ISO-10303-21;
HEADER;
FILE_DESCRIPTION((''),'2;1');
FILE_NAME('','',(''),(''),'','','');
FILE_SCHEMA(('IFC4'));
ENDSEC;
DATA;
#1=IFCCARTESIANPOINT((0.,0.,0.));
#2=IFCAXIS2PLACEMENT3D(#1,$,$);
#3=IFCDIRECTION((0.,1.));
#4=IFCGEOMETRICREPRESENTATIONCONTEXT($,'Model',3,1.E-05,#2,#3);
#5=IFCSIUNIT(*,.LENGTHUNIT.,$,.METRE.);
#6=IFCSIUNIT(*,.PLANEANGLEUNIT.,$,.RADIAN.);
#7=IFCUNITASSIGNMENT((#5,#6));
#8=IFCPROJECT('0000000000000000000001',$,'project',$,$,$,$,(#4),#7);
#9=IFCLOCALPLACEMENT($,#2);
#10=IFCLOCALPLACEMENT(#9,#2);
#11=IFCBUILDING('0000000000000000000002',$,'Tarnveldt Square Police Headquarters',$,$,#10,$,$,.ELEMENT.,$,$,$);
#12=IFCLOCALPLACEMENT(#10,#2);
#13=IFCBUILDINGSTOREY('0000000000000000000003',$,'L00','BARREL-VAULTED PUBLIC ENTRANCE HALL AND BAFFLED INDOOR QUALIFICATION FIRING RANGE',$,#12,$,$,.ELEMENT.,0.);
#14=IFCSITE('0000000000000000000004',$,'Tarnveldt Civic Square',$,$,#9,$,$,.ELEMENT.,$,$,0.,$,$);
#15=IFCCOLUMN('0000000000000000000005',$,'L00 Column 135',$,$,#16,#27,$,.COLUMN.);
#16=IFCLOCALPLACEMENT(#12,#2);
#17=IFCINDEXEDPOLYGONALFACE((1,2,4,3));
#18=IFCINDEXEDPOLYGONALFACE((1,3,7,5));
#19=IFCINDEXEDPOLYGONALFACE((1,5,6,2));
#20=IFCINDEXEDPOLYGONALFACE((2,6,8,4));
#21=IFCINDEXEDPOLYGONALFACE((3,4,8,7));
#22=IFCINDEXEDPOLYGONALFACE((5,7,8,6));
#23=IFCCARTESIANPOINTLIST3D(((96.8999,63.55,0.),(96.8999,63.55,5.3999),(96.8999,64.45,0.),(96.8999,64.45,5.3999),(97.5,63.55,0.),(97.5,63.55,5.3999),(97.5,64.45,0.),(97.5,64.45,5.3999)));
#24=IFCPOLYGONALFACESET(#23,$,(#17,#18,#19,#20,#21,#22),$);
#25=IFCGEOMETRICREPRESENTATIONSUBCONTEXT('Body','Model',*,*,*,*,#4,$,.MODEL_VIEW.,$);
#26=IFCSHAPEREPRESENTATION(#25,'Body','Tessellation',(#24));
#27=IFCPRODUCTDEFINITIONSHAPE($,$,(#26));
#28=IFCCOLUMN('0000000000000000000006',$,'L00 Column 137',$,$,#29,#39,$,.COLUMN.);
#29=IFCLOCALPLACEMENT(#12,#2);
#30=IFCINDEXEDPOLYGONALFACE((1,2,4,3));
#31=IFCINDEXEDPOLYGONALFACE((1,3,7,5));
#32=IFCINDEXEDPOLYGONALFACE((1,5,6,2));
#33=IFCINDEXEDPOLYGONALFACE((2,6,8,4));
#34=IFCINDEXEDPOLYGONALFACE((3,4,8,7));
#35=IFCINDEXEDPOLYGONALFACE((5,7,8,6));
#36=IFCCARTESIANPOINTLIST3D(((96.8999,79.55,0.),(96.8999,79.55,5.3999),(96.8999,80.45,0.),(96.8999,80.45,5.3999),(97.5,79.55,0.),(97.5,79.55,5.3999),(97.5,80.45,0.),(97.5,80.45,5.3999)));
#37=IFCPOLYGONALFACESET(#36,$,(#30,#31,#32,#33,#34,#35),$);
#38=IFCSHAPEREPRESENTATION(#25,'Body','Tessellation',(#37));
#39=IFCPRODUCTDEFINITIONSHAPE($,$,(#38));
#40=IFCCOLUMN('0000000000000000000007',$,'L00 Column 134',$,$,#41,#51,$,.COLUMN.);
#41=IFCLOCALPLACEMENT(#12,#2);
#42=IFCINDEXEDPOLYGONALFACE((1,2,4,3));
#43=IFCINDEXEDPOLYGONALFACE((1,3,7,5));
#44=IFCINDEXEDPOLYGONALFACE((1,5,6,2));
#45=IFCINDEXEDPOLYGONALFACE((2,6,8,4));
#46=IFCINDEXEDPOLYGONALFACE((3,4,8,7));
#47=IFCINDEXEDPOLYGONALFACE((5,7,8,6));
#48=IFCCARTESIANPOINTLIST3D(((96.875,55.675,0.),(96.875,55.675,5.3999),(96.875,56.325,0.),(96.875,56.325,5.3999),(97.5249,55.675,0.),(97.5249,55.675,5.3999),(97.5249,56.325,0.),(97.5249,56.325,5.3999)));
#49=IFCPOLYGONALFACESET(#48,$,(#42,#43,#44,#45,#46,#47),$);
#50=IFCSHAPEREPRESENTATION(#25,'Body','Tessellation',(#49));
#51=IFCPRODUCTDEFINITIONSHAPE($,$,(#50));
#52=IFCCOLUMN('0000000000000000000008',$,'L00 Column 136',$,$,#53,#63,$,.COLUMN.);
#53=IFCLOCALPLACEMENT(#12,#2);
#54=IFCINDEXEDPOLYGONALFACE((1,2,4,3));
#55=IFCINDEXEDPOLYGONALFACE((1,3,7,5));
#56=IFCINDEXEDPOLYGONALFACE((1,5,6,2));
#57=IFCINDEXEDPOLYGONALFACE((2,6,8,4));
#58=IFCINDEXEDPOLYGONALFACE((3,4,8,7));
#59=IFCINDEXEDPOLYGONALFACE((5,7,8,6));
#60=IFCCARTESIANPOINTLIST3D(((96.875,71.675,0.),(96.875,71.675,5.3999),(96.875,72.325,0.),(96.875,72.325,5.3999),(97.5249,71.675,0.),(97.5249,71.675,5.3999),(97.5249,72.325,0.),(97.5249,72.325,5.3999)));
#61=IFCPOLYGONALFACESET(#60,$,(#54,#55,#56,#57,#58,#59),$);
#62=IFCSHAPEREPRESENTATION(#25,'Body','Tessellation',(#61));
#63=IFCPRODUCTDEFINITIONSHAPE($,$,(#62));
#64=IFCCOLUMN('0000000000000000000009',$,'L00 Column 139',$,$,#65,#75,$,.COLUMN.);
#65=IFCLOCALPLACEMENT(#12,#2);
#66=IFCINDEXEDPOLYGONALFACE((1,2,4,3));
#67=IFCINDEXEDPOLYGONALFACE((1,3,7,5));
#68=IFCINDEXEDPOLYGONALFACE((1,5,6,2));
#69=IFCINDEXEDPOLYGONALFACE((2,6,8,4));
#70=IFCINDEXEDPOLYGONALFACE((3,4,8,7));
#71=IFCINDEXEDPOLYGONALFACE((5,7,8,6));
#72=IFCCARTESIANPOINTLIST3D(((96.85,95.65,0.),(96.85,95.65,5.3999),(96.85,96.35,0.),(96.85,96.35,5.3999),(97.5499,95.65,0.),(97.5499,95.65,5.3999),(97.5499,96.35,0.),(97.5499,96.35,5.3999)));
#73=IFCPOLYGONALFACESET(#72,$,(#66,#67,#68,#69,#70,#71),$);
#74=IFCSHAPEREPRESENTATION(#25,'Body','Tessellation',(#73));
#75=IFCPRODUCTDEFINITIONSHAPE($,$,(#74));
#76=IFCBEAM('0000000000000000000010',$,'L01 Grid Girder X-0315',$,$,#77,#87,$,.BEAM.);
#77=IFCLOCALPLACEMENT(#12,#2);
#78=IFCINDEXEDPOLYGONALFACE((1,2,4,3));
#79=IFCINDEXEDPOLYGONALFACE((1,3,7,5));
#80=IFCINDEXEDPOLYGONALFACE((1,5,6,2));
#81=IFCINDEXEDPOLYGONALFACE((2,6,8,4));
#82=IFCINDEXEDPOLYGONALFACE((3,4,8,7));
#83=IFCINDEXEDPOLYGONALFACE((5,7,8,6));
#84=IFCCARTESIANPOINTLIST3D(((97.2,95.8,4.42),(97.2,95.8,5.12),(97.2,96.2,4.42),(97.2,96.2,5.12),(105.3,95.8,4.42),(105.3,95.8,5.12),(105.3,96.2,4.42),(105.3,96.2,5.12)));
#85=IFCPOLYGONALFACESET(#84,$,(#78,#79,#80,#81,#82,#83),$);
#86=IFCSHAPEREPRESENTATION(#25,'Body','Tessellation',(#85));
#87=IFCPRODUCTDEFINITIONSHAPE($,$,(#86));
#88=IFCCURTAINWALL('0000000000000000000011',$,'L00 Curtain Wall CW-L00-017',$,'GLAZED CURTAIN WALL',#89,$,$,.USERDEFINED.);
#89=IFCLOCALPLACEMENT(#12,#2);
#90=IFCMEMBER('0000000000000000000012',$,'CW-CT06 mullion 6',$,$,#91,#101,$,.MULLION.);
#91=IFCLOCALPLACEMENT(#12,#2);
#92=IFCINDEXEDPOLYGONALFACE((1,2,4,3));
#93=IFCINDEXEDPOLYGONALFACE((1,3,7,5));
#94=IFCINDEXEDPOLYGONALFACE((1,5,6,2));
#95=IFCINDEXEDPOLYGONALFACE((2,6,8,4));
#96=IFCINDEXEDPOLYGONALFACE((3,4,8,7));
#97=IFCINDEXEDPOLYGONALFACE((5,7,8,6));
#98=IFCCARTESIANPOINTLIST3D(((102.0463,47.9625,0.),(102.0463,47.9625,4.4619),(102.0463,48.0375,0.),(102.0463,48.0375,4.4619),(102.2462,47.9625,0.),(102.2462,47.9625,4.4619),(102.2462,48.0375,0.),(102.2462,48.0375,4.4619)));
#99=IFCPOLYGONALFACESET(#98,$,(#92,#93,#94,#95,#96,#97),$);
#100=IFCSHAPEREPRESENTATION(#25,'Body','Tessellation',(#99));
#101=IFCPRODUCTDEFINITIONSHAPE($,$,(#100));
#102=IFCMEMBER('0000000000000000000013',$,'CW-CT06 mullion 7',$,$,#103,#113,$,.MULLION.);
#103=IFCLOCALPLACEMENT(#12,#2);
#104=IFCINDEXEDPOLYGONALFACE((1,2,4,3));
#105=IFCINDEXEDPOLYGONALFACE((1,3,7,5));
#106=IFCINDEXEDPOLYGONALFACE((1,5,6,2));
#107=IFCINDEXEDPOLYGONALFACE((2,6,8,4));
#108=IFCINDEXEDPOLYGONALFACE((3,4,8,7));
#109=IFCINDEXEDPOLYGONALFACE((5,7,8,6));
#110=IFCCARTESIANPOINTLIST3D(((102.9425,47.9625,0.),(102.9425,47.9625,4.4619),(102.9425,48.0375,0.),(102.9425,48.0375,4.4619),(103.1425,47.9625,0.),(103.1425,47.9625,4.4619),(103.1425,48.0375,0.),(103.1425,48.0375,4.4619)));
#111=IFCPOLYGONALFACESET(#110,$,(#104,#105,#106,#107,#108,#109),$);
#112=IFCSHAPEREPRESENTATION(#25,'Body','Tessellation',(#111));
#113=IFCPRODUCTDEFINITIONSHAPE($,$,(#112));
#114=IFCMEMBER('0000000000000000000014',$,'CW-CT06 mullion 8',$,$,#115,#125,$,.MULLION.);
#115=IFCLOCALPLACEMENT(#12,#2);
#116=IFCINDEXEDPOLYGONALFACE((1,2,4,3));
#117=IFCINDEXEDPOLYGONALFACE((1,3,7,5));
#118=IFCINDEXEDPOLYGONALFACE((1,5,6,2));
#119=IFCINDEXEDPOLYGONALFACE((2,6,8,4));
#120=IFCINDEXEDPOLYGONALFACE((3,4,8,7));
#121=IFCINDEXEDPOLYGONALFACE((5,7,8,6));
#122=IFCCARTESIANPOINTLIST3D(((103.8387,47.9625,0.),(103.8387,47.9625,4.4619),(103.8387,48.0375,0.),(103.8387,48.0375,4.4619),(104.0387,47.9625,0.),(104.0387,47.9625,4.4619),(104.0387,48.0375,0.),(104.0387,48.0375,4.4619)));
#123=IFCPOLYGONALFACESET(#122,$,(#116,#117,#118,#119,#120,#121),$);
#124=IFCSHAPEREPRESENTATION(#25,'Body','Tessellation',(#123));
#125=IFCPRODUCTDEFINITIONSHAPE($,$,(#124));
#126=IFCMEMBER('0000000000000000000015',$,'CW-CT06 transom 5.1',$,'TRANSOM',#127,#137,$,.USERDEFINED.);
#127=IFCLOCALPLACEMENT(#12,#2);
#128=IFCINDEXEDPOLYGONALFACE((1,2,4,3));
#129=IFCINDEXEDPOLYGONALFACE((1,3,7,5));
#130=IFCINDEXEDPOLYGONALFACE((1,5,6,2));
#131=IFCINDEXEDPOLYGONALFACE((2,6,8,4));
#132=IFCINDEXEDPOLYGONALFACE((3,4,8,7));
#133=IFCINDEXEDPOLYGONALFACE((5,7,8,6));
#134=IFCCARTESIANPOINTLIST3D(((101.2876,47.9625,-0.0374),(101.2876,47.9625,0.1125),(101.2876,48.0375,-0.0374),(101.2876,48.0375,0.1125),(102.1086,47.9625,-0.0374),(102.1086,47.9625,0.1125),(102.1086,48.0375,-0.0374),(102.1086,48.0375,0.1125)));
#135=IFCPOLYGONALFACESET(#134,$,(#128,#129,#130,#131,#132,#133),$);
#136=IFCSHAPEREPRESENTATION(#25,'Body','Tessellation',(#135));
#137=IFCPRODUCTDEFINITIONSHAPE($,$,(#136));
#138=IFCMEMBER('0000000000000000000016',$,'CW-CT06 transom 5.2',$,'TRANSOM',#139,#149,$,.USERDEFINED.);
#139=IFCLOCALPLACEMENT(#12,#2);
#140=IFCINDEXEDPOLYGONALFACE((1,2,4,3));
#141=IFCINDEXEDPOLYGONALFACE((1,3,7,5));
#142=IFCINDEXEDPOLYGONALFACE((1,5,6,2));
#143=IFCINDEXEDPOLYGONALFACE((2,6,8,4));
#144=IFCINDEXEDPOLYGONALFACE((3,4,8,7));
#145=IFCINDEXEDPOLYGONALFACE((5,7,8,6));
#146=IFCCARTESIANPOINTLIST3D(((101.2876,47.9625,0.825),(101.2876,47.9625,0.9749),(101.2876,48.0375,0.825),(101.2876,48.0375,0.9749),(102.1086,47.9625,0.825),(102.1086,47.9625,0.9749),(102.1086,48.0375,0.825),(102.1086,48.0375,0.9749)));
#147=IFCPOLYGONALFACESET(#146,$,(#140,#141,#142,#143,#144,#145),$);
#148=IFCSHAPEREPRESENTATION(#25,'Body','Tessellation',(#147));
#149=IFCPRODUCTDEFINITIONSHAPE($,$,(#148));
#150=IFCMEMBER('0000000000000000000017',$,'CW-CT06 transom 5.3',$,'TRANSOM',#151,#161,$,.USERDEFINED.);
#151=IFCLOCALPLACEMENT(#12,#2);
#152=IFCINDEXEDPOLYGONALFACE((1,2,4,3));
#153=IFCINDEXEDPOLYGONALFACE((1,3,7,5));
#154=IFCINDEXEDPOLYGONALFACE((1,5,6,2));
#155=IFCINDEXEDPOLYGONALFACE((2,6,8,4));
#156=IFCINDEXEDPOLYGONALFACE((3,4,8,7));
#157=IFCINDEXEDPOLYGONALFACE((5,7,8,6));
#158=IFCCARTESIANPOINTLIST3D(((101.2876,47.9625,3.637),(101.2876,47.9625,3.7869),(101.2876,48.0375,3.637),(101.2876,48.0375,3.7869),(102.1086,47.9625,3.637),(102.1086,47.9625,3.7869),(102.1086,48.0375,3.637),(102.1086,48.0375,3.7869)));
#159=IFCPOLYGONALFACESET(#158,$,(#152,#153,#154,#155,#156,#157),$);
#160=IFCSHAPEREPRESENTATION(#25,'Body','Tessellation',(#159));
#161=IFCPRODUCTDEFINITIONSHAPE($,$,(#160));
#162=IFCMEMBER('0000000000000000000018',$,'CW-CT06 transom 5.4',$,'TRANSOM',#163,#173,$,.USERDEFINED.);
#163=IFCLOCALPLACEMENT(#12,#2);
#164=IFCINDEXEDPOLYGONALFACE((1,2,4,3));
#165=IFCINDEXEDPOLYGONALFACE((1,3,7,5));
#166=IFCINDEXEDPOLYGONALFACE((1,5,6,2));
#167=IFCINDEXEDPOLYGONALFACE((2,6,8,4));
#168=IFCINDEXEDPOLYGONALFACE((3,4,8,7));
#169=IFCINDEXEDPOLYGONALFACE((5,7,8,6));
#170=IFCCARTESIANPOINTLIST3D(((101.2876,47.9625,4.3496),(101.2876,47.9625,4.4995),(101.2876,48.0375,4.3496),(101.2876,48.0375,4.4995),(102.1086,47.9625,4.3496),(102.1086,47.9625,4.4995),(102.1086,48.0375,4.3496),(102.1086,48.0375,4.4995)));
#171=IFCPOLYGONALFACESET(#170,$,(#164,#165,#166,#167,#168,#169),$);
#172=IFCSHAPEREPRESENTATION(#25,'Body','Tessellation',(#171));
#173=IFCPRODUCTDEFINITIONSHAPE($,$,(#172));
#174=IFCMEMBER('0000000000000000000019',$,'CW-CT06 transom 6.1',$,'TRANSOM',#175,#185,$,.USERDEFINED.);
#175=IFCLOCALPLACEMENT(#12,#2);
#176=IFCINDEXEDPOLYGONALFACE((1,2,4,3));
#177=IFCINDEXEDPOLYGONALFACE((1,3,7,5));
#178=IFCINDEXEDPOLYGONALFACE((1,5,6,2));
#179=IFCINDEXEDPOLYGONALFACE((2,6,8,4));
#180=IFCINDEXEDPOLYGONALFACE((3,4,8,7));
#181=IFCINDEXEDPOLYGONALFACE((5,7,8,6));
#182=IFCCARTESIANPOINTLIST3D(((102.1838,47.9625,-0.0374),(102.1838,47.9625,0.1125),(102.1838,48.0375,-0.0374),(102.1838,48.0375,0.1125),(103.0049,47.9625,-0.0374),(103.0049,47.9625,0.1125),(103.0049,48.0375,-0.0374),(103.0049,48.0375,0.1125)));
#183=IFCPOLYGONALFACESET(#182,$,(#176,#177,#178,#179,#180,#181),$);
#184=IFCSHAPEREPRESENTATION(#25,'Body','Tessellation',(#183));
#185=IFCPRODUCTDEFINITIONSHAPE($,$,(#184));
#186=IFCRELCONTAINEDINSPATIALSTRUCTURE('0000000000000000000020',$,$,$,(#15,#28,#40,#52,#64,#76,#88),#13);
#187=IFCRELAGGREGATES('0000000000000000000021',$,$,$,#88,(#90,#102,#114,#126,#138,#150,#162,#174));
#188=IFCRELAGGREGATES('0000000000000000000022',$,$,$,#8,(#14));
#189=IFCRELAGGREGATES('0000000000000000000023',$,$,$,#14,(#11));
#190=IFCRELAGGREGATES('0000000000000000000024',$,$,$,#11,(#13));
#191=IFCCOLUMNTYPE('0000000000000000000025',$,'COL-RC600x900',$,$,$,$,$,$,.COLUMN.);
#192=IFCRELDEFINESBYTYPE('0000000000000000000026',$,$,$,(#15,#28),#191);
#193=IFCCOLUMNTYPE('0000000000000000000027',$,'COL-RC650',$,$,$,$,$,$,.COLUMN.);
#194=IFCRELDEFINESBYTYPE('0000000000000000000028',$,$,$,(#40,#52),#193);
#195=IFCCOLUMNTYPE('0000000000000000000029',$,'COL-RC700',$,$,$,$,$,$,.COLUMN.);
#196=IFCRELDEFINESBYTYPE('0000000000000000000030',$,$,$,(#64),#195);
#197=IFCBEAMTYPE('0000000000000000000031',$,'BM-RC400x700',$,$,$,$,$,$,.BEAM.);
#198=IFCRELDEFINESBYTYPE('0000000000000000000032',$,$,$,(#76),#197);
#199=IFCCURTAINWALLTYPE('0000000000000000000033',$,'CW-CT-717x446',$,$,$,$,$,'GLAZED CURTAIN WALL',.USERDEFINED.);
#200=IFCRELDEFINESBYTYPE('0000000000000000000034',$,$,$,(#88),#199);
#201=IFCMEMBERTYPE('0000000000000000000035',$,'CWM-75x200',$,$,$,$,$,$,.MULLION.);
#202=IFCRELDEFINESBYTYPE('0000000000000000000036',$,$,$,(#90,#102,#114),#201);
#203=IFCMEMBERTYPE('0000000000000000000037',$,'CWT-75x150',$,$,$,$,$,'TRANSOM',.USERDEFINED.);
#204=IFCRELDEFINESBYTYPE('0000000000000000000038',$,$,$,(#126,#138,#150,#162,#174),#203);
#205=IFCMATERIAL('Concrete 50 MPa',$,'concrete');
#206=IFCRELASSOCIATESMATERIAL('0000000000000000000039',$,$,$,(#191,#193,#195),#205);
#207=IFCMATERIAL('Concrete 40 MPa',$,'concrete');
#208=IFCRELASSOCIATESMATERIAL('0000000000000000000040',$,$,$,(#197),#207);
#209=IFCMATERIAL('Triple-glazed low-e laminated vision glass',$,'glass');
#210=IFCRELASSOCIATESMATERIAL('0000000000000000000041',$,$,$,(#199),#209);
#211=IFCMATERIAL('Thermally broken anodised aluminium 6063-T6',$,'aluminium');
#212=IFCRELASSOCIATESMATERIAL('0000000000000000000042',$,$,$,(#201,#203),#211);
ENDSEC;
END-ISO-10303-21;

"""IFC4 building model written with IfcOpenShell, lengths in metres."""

from ifc_helpers import new_model, si_unit, direction, frame, origin, origin_2d, place, context, subcontext, project, spatial, rectangle, extrude, material, material_profile, profile_set, type_object, element, aggregate, save


model = new_model("IFC4")

# Units and contexts
model_context = context("Model", 3, precision=1e-05, world=origin(), true_north=direction((0.0, 1.0)))
body_context = subcontext(model_context, "Body", "Model", "MODEL_VIEW")
ifc_project = project(units=[si_unit("LENGTHUNIT", "METRE"), si_unit("PLANEANGLEUNIT", "RADIAN")], contexts=[model_context])

# Site, building, storey
site_placement = place(None, origin())
site = spatial("IfcSite", under=ifc_project, at=site_placement, Name="Tarnveldt Civic Square", CompositionType="ELEMENT", RefElevation=0.0)
building_placement = place(site_placement, origin())
building = spatial("IfcBuilding", under=site, at=building_placement, Name="Tarnveldt Square Police Headquarters", CompositionType="ELEMENT")
storey_placement = place(building_placement, origin())
storey = spatial("IfcBuildingStorey", under=building, at=storey_placement, Name="L00", Description="BARREL-VAULTED PUBLIC ENTRANCE HALL AND BAFFLED INDOOR QUALIFICATION FIRING RANGE", CompositionType="ELEMENT", Elevation=0.0)

# Columns
ifc_material_1 = material(Name="Concrete 50 MPa", Category="concrete")
ifc_material_profile_1 = material_profile(ifc_material_1, rectangle(XDim=0.6001, YDim=0.8999, at=origin_2d()), Name="RC-C600x900")
ifc_profile_set_1 = profile_set([ifc_material_profile_1], Name="Concrete 50 MPa")
column_type_1 = type_object("IfcColumnType", Name="COL-RC600x900", PredefinedType="COLUMN", material=ifc_profile_set_1)
for number, where, z_axis, x_axis, name in (
    (1, (97.2, 64.0, 0.0), (0.0, 0.0, 1.0), (1.0, 0.0, 0.0), "L00 Column 135"),
    (2, (97.2, 80.0, 0.0), (0.0, 0.0, 1.0), (1.0, 0.0, 0.0), "L00 Column 137"),
):
    element("IfcColumn", number, at=place(storey_placement, frame(where, z_axis=z_axis, x_axis=x_axis)), inside=storey, type_object=column_type_1, Name=name, PredefinedType="COLUMN", context=body_context, shape_type="SweptSolid", body=[
        extrude(rectangle(XDim=0.6001, YDim=0.8999, at=origin_2d()), origin(), (0.0, 0.0, 1.0), 5.3999),
    ])
ifc_material_profile_2 = material_profile(ifc_material_1, rectangle(XDim=0.6499, YDim=0.6499, at=origin_2d()), Name="RC-C650x650")
ifc_profile_set_2 = profile_set([ifc_material_profile_2], Name="Concrete 50 MPa")
column_type_2 = type_object("IfcColumnType", Name="COL-RC650", PredefinedType="COLUMN", material=ifc_profile_set_2)
for number, where, z_axis, x_axis, name in (
    (3, (97.2, 56.0, 0.0), (0.0, 0.0, 1.0), (1.0, 0.0, 0.0), "L00 Column 134"),
    (4, (97.2, 72.0, 0.0), (0.0, 0.0, 1.0), (1.0, 0.0, 0.0), "L00 Column 136"),
):
    element("IfcColumn", number, at=place(storey_placement, frame(where, z_axis=z_axis, x_axis=x_axis)), inside=storey, type_object=column_type_2, Name=name, PredefinedType="COLUMN", context=body_context, shape_type="SweptSolid", body=[
        extrude(rectangle(XDim=0.6499, YDim=0.6499, at=origin_2d()), origin(), (0.0, 0.0, 1.0), 5.3999),
    ])
ifc_material_profile_3 = material_profile(ifc_material_1, rectangle(XDim=0.7, YDim=0.7, at=origin_2d()), Name="RC-C700x700")
ifc_profile_set_3 = profile_set([ifc_material_profile_3], Name="Concrete 50 MPa")
column_type_3 = type_object("IfcColumnType", Name="COL-RC700", PredefinedType="COLUMN", material=ifc_profile_set_3)
column_placement = place(storey_placement, frame((97.2, 96.0, 0.0), z_axis=(0.0, 0.0, 1.0), x_axis=(1.0, 0.0, 0.0)))
element("IfcColumn", 5, at=column_placement, inside=storey, type_object=column_type_3, Name="L00 Column 139", PredefinedType="COLUMN", context=body_context, shape_type="SweptSolid", body=[
    extrude(rectangle(XDim=0.7, YDim=0.7, at=origin_2d()), origin(), (0.0, 0.0, 1.0), 5.3999),
])

# Beam
ifc_material_2 = material(Name="Concrete 40 MPa", Category="concrete")
ifc_material_profile_4 = material_profile(ifc_material_2, rectangle(XDim=0.3999, YDim=0.7, at=origin_2d()), Name="RC-B400x700")
ifc_profile_set_4 = profile_set([ifc_material_profile_4], Name="Concrete 40 MPa")
beam_type = type_object("IfcBeamType", Name="BM-RC400x700", PredefinedType="BEAM", material=ifc_profile_set_4)
beam_placement = place(storey_placement, frame((97.2, 96.0, 4.77), z_axis=(1.0, 0.0, 0.0), x_axis=(0.0, 1.0, 0.0)))
element("IfcBeam", 6, at=beam_placement, inside=storey, type_object=beam_type, Name="L01 Grid Girder X-0315", PredefinedType="BEAM", context=body_context, shape_type="SweptSolid", body=[
    extrude(rectangle(XDim=0.3999, YDim=0.7, at=origin_2d()), origin(), (0.0, 0.0, 1.0), 8.1001),
])

# Curtain wall, members
ifc_material_3 = material(Name="Triple-glazed low-e laminated vision glass", Category="glass")
curtain_wall_type = type_object("IfcCurtainWallType", Name="CW-CT-717x446", ElementType="GLAZED CURTAIN WALL", PredefinedType="USERDEFINED", material=ifc_material_3)
curtain_wall_placement = place(storey_placement, origin())
curtain_wall = element("IfcCurtainWall", 7, at=curtain_wall_placement, inside=storey, type_object=curtain_wall_type, Name="L00 Curtain Wall CW-L00-017", ObjectType="GLAZED CURTAIN WALL", PredefinedType="USERDEFINED")
ifc_material_4 = material(Name="Thermally broken anodised aluminium 6063-T6", Category="aluminium")
ifc_material_profile_5 = material_profile(ifc_material_4, rectangle(XDim=0.075, YDim=0.2, at=origin_2d()), Name="CW-M75x200")
ifc_profile_set_5 = profile_set([ifc_material_profile_5], Name="Thermally broken anodised aluminium 6063-T6")
member_type_1 = type_object("IfcMemberType", Name="CWM-75x200", PredefinedType="MULLION", material=ifc_profile_set_5)
member_1_placement = place(storey_placement, frame((102.1462, 48.0, 0.0), z_axis=(0.0, 0.0, 1.0), x_axis=(0.0, 1.0, 0.0)))
member_1 = element("IfcMember", 8, at=member_1_placement, type_object=member_type_1, Name="CW-CT06 mullion 6", PredefinedType="MULLION", context=body_context, shape_type="SweptSolid", body=[
    extrude(rectangle(XDim=0.075, YDim=0.2, at=origin_2d()), origin(), (0.0, 0.0, 1.0), 4.4619),
])
member_2_placement = place(storey_placement, frame((103.0425, 48.0, 0.0), z_axis=(0.0, 0.0, 1.0), x_axis=(0.0, 1.0, 0.0)))
member_2 = element("IfcMember", 9, at=member_2_placement, type_object=member_type_1, Name="CW-CT06 mullion 7", PredefinedType="MULLION", context=body_context, shape_type="SweptSolid", body=[
    extrude(rectangle(XDim=0.075, YDim=0.2, at=origin_2d()), origin(), (0.0, 0.0, 1.0), 4.4619),
])
member_3_placement = place(storey_placement, frame((103.9387, 48.0, 0.0), z_axis=(0.0, 0.0, 1.0), x_axis=(0.0, 1.0, 0.0)))
member_3 = element("IfcMember", 10, at=member_3_placement, type_object=member_type_1, Name="CW-CT06 mullion 8", PredefinedType="MULLION", context=body_context, shape_type="SweptSolid", body=[
    extrude(rectangle(XDim=0.075, YDim=0.2, at=origin_2d()), origin(), (0.0, 0.0, 1.0), 4.4619),
])
ifc_material_profile_6 = material_profile(ifc_material_4, rectangle(XDim=0.075, YDim=0.1499, at=origin_2d()), Name="CW-T75x150")
ifc_profile_set_6 = profile_set([ifc_material_profile_6], Name="Thermally broken anodised aluminium 6063-T6")
member_type_2 = type_object("IfcMemberType", Name="CWT-75x150", ElementType="TRANSOM", PredefinedType="USERDEFINED", material=ifc_profile_set_6)
member_4_placement = place(storey_placement, frame((101.2876, 48.0, 0.0376), z_axis=(1.0, 0.0, 0.0), x_axis=(0.0, 1.0, 0.0)))
member_4 = element("IfcMember", 11, at=member_4_placement, type_object=member_type_2, Name="CW-CT06 transom 5.1", ObjectType="TRANSOM", PredefinedType="USERDEFINED", context=body_context, shape_type="SweptSolid", body=[
    extrude(rectangle(XDim=0.075, YDim=0.1499, at=origin_2d()), origin(), (0.0, 0.0, 1.0), 0.821),
])
member_5_placement = place(storey_placement, frame((101.2876, 48.0, 0.8999), z_axis=(1.0, 0.0, 0.0), x_axis=(0.0, 1.0, 0.0)))
member_5 = element("IfcMember", 12, at=member_5_placement, type_object=member_type_2, Name="CW-CT06 transom 5.2", ObjectType="TRANSOM", PredefinedType="USERDEFINED", context=body_context, shape_type="SweptSolid", body=[
    extrude(rectangle(XDim=0.075, YDim=0.1499, at=origin_2d()), origin(), (0.0, 0.0, 1.0), 0.821),
])
member_6_placement = place(storey_placement, frame((101.2876, 48.0, 3.7119), z_axis=(1.0, 0.0, 0.0), x_axis=(0.0, 1.0, 0.0)))
member_6 = element("IfcMember", 13, at=member_6_placement, type_object=member_type_2, Name="CW-CT06 transom 5.3", ObjectType="TRANSOM", PredefinedType="USERDEFINED", context=body_context, shape_type="SweptSolid", body=[
    extrude(rectangle(XDim=0.075, YDim=0.1499, at=origin_2d()), origin(), (0.0, 0.0, 1.0), 0.821),
])
member_7_placement = place(storey_placement, frame((101.2876, 48.0, 4.4246), z_axis=(1.0, 0.0, 0.0), x_axis=(0.0, 1.0, 0.0)))
member_7 = element("IfcMember", 14, at=member_7_placement, type_object=member_type_2, Name="CW-CT06 transom 5.4", ObjectType="TRANSOM", PredefinedType="USERDEFINED", context=body_context, shape_type="SweptSolid", body=[
    extrude(rectangle(XDim=0.075, YDim=0.1499, at=origin_2d()), origin(), (0.0, 0.0, 1.0), 0.821),
])
member_8_placement = place(storey_placement, frame((102.1838, 48.0, 0.0376), z_axis=(1.0, 0.0, 0.0), x_axis=(0.0, 1.0, 0.0)))
member_8 = element("IfcMember", 15, at=member_8_placement, type_object=member_type_2, Name="CW-CT06 transom 6.1", ObjectType="TRANSOM", PredefinedType="USERDEFINED", context=body_context, shape_type="SweptSolid", body=[
    extrude(rectangle(XDim=0.075, YDim=0.1499, at=origin_2d()), origin(), (0.0, 0.0, 1.0), 0.821),
])
aggregate(curtain_wall, [member_1, member_2, member_3, member_4, member_5, member_6, member_7, member_8])

save(model, "model.ifc")
